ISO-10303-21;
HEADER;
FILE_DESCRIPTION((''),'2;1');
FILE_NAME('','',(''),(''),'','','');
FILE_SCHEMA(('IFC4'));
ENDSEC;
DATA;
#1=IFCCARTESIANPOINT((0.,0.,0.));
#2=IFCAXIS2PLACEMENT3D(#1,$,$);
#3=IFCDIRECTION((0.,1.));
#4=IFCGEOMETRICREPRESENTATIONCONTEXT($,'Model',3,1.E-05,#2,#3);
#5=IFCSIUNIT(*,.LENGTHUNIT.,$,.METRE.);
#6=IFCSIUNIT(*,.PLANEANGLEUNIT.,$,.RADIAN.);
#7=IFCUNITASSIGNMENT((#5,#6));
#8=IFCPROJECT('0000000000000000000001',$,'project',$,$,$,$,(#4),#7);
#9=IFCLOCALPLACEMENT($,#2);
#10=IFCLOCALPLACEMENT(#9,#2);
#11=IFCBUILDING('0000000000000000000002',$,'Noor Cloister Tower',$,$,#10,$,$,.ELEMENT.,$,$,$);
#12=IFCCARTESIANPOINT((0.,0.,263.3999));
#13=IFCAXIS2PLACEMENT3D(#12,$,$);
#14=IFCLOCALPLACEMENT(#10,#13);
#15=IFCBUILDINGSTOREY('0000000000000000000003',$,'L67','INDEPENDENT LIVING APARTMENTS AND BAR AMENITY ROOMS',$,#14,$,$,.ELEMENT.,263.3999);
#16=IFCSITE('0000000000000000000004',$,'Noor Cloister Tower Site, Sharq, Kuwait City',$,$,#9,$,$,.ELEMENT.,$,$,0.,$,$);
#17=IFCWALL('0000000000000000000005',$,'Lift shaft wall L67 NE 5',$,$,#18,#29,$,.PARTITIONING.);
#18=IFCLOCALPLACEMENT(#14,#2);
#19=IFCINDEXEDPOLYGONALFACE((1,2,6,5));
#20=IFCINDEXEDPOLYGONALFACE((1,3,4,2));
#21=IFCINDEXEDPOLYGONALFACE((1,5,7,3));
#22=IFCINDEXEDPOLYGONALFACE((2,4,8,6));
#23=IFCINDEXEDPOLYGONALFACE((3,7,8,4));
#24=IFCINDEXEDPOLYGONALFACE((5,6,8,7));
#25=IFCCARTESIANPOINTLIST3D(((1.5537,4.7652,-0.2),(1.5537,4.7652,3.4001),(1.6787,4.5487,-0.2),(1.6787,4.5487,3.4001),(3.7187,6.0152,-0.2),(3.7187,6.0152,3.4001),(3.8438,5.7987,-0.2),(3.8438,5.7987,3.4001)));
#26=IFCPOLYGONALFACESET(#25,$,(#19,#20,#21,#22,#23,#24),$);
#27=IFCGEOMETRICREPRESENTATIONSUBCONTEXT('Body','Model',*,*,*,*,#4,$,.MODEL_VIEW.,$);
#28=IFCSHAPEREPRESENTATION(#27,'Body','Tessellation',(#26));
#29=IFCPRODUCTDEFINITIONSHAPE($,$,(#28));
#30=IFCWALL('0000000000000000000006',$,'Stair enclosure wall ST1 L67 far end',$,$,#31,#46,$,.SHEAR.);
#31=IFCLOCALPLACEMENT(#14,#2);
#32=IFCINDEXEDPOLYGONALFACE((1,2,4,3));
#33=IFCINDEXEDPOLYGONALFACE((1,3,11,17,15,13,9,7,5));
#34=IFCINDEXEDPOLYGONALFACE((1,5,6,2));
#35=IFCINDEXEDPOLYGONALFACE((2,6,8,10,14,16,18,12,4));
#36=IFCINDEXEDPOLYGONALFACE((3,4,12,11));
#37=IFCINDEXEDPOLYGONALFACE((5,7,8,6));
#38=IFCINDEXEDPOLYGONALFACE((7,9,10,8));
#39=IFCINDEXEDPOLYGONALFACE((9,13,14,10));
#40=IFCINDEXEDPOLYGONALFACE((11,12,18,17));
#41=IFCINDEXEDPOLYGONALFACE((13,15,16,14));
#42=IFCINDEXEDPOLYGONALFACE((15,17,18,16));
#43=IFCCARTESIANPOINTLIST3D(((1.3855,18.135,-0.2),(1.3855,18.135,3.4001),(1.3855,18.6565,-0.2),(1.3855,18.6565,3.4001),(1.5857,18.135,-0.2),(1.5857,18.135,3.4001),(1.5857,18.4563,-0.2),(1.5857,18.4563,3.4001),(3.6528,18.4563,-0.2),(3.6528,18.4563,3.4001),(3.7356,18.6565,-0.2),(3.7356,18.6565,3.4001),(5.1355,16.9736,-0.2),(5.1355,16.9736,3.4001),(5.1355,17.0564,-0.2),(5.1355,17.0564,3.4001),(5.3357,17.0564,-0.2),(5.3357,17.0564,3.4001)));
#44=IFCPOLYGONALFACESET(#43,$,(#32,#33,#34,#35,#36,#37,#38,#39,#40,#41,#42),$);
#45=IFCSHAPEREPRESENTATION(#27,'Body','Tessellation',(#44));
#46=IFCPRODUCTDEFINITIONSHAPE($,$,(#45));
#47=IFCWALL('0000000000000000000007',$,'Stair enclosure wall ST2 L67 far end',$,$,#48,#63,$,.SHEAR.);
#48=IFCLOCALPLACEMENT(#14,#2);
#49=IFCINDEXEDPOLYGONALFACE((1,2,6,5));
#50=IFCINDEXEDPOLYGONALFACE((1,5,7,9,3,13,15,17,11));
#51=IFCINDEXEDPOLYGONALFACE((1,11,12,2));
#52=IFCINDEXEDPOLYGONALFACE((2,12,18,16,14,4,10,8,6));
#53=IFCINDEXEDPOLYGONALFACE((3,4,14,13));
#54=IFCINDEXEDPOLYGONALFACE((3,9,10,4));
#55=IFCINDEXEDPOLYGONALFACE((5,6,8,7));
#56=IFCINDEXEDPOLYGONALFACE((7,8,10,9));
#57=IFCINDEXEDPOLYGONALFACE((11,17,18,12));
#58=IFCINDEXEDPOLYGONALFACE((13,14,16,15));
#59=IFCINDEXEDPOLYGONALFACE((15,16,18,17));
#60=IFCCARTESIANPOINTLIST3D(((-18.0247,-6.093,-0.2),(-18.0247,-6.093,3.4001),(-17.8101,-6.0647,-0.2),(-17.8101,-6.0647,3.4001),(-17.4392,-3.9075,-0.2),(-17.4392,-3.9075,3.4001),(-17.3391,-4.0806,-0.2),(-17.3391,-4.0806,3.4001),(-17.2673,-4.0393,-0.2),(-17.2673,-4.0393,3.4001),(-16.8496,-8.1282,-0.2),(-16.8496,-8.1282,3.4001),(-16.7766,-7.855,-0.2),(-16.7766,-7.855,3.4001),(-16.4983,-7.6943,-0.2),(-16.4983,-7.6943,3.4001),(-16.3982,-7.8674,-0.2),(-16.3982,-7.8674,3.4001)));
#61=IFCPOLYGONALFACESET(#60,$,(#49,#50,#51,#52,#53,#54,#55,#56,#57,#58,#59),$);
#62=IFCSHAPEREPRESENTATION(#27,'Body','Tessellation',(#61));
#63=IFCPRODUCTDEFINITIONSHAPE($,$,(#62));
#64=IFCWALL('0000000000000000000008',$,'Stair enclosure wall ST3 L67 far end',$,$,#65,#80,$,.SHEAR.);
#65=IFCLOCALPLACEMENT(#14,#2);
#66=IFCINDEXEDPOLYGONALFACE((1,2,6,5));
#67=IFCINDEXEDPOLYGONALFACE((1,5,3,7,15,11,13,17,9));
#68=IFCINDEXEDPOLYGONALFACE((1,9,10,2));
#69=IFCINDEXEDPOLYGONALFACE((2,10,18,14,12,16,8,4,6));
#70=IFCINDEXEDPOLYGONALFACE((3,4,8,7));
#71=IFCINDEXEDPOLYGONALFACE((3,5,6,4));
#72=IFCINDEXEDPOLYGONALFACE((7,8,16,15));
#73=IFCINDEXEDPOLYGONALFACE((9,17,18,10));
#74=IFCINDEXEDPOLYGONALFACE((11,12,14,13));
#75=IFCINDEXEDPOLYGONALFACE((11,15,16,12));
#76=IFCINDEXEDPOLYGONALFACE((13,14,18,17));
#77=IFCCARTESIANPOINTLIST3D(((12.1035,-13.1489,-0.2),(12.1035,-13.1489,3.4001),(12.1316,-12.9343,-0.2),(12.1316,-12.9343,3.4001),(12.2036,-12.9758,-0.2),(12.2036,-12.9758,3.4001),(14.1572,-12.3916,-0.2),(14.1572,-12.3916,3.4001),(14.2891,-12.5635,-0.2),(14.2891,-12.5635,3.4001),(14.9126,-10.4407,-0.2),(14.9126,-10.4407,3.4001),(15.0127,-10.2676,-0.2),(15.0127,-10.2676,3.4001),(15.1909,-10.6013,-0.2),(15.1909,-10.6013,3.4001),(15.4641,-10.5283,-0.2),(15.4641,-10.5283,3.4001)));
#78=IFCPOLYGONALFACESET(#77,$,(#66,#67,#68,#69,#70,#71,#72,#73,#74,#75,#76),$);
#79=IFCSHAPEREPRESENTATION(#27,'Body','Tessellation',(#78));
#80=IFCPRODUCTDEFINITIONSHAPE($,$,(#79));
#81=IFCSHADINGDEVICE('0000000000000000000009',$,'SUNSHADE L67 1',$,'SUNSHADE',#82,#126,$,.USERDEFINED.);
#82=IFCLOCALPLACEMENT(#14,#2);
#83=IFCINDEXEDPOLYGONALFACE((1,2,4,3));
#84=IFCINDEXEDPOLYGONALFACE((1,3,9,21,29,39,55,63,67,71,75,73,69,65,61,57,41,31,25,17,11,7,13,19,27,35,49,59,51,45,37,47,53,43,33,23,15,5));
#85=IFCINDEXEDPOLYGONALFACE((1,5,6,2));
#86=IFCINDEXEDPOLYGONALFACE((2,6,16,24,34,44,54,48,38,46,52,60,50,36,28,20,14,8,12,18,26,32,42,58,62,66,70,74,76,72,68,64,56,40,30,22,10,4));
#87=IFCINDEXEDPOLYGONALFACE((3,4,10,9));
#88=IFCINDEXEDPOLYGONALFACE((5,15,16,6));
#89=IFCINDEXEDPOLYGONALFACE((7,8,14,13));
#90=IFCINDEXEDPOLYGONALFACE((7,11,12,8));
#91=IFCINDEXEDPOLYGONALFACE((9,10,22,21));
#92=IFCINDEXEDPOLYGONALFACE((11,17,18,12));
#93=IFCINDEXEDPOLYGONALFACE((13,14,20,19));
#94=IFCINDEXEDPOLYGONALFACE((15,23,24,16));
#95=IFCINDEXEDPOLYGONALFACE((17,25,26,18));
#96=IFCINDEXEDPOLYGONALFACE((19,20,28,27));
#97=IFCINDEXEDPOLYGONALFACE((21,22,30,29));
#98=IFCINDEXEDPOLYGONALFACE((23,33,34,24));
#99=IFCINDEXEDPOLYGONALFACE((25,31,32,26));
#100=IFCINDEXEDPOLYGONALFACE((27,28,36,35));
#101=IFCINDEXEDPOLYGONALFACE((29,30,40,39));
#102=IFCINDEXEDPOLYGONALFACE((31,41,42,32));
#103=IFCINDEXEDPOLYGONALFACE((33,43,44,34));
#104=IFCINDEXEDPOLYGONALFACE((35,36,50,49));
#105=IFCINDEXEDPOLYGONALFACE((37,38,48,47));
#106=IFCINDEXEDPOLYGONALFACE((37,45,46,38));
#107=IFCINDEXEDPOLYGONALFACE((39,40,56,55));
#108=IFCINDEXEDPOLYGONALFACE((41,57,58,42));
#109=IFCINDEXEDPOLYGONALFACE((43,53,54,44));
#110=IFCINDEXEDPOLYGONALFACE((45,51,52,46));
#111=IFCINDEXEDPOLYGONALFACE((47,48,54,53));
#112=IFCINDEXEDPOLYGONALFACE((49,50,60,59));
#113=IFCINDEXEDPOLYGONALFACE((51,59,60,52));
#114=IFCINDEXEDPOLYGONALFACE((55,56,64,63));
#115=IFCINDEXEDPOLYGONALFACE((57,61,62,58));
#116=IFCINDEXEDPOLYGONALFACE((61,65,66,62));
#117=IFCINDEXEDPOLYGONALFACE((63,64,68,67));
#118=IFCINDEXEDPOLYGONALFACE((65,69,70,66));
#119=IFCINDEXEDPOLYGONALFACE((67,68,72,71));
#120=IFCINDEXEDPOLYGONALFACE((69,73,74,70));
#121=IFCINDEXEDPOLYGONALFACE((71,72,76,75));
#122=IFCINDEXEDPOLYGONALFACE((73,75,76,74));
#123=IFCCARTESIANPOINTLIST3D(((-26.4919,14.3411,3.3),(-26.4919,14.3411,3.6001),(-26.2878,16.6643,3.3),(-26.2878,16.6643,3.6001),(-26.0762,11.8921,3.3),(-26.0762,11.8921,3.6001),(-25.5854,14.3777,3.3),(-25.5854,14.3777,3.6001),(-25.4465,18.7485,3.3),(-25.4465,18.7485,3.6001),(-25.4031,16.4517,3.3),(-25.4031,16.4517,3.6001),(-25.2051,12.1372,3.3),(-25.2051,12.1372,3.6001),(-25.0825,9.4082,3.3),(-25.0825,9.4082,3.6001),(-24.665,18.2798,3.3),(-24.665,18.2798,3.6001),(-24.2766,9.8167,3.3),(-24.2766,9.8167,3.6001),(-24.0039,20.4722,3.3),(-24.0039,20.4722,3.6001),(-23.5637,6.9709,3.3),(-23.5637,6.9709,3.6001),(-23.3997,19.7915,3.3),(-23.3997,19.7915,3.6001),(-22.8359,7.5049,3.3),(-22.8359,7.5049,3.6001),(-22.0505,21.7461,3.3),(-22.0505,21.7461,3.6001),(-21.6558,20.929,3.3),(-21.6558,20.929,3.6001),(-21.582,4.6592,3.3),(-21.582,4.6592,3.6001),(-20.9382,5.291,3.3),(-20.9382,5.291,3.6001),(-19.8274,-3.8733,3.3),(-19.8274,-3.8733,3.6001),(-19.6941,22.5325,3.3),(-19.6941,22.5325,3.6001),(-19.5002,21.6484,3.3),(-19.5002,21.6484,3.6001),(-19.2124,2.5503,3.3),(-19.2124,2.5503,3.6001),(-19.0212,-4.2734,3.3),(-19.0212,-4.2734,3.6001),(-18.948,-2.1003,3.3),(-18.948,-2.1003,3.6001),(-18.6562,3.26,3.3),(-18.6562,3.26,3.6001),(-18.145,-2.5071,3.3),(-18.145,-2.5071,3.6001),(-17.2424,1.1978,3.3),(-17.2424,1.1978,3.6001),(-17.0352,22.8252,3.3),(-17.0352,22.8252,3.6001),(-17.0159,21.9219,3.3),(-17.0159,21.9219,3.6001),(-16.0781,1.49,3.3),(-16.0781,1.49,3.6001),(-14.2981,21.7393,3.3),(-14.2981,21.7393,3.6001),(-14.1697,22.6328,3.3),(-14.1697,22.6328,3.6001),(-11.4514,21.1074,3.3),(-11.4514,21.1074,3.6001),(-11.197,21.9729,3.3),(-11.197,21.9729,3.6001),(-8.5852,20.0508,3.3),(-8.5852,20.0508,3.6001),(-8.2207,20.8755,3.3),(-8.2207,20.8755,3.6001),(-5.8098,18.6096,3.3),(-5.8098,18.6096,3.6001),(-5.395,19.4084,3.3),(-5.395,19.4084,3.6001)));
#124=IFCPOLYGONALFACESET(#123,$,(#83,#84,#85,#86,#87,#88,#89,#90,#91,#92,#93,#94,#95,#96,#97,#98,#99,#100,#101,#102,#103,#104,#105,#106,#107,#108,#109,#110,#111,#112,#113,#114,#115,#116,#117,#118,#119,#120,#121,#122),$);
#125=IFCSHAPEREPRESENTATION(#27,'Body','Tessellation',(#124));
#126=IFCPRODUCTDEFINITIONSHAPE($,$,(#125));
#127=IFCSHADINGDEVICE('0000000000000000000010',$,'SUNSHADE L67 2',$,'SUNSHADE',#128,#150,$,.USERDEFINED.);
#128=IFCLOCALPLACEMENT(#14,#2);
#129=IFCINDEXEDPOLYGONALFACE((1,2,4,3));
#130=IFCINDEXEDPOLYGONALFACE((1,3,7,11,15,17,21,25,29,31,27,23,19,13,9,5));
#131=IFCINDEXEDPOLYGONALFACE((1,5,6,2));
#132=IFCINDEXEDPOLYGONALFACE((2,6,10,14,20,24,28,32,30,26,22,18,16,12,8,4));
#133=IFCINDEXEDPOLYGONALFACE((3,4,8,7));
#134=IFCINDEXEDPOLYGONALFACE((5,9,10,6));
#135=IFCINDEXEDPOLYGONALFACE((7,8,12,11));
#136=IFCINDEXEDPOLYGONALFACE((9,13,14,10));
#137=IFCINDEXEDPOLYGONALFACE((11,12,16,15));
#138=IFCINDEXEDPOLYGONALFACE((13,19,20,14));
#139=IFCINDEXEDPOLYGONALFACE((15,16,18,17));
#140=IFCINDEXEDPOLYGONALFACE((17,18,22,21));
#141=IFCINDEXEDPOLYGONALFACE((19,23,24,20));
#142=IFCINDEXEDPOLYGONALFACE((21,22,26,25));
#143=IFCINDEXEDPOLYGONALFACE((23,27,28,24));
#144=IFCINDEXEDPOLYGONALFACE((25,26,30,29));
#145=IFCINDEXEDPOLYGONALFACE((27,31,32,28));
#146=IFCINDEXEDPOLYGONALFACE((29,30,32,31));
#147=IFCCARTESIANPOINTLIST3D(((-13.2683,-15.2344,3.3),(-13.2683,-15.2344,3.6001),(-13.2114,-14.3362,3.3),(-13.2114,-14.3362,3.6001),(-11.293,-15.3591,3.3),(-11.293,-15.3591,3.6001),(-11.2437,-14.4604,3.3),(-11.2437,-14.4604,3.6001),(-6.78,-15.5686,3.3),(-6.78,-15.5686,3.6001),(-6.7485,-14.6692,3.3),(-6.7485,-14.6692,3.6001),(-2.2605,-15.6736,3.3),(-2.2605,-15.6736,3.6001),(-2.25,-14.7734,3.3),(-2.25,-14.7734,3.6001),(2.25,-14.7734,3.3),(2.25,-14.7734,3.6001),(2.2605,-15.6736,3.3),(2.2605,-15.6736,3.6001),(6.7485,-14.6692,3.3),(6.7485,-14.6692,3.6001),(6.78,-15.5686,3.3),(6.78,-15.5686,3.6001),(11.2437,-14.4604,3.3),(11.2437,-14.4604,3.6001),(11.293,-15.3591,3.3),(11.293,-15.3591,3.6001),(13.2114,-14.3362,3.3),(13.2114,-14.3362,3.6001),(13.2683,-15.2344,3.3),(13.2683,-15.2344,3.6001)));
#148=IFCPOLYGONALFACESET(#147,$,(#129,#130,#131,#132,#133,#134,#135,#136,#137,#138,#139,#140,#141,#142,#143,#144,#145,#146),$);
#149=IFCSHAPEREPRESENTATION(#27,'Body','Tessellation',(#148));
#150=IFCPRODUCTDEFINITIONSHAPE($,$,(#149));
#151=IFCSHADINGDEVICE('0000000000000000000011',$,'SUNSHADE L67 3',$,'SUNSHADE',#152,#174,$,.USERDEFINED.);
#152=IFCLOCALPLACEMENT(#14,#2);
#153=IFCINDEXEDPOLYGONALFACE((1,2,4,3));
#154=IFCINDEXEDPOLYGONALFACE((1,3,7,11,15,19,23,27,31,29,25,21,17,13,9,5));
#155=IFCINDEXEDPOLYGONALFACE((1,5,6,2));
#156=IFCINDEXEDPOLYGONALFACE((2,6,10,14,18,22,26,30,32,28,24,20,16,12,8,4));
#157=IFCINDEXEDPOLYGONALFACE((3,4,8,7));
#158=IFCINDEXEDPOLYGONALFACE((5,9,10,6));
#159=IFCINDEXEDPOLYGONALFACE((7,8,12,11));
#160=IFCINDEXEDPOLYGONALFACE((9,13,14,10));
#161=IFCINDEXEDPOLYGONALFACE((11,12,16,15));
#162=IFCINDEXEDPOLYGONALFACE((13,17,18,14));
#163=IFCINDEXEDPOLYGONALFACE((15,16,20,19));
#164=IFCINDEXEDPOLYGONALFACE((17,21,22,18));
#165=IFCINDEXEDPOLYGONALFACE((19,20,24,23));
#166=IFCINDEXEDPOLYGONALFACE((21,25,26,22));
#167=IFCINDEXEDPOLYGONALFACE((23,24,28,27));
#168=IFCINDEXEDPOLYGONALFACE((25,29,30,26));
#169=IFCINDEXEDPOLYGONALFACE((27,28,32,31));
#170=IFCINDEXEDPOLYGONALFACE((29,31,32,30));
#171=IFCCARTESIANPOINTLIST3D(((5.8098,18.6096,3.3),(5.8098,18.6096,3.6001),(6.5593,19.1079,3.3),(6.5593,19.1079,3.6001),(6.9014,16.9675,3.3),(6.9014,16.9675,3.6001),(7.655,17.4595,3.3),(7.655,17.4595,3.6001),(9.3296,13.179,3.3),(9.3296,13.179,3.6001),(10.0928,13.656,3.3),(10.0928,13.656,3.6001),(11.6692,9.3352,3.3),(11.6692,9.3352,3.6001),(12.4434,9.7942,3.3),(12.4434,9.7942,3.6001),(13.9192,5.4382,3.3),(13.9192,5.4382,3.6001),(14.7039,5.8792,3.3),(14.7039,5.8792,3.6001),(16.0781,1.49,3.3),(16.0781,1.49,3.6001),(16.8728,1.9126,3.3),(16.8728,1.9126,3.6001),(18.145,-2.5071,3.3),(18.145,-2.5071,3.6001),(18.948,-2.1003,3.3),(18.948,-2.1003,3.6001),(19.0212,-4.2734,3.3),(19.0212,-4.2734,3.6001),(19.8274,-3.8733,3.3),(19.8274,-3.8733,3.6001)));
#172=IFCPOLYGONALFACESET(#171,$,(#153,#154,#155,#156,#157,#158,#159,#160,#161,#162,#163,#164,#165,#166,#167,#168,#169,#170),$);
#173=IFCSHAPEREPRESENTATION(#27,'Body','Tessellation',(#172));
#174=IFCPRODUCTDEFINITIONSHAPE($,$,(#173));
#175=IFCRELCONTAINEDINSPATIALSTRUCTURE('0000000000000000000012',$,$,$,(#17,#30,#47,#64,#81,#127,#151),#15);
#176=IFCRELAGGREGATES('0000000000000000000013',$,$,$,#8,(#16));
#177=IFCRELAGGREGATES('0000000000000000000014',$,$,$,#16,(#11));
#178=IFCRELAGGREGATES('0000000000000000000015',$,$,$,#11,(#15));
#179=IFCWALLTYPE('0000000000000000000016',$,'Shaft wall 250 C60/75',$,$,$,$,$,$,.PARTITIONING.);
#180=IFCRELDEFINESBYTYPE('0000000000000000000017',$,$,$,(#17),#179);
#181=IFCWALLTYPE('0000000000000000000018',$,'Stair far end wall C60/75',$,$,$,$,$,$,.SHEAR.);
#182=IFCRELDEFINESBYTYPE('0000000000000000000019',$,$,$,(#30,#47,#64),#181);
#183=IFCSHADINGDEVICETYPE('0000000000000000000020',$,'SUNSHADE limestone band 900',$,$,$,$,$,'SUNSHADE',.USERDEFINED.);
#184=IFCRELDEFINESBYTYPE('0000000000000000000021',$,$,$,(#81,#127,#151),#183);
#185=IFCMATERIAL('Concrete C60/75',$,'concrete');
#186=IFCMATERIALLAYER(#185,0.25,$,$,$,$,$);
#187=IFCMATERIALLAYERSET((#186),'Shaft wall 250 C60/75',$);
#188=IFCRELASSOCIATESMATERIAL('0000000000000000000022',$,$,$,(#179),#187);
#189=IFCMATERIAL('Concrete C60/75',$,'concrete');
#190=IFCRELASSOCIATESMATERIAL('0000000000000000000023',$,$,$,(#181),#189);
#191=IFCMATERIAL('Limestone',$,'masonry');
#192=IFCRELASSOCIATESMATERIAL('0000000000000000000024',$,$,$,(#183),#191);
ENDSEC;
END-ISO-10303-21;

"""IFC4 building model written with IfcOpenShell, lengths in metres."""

from ifc_helpers import new_model, si_unit, direction, frame, frame_2d, origin, place, context, subcontext, project, spatial, polyline, rectangle, outline, extrude, material, layer, layer_set, type_object, element, save


model = new_model("IFC4")

# Units and contexts
model_context = context("Model", 3, precision=1e-05, world=origin(), true_north=direction((0.0, 1.0)))
body_context = subcontext(model_context, "Body", "Model", "MODEL_VIEW")
ifc_project = project(units=[si_unit("LENGTHUNIT", "METRE"), si_unit("PLANEANGLEUNIT", "RADIAN")], contexts=[model_context])

# Site, building, storey
site_placement = place(None, origin())
site = spatial("IfcSite", under=ifc_project, at=site_placement, Name="Noor Cloister Tower Site, Sharq, Kuwait City", CompositionType="ELEMENT", RefElevation=0.0)
building_placement = place(site_placement, origin())
building = spatial("IfcBuilding", under=site, at=building_placement, Name="Noor Cloister Tower", CompositionType="ELEMENT")
storey_placement = place(building_placement, frame((0.0, 0.0, 263.3999)))
storey = spatial("IfcBuildingStorey", under=building, at=storey_placement, Name="L67", Description="INDEPENDENT LIVING APARTMENTS AND BAR AMENITY ROOMS", CompositionType="ELEMENT", Elevation=263.3999)

# Walls
ifc_material_1 = material(Name="Concrete C60/75", Category="concrete")
ifc_layer_1 = layer(ifc_material_1, 0.25)
ifc_layer_set_1 = layer_set([ifc_layer_1], Name="Shaft wall 250 C60/75")
wall_type_1 = type_object("IfcWallType", Name="Shaft wall 250 C60/75", PredefinedType="PARTITIONING", material=ifc_layer_set_1)
for number, where, z_axis, x_axis, name in (
    (1, (3.7812, 5.907, -0.2), (0.0, 0.0, 1.0), (-0.866023, -0.500004, 0.0), "Lift shaft wall L67 NE 5"),
):
    element("IfcWall", number, at=place(storey_placement, frame(where, z_axis=z_axis, x_axis=x_axis)), inside=storey, type_object=wall_type_1, Name=name, PredefinedType="PARTITIONING", context=body_context, shape_type="SweptSolid", body=[
        extrude(rectangle(XDim=2.5, YDim=0.25, at=frame_2d((1.25, 0.0))), origin(), (0.0, 0.0, 1.0), 3.6001),
    ])
ifc_material_2 = material(Name="Concrete C60/75", Category="concrete")
wall_type_2 = type_object("IfcWallType", Name="Stair far end wall C60/75", PredefinedType="SHEAR", material=ifc_material_2)
wall_1_placement = place(storey_placement, frame((0.0, 0.0, -0.2)))
element("IfcWall", 2, at=wall_1_placement, inside=storey, type_object=wall_type_2, Name="Stair enclosure wall ST1 L67 far end", PredefinedType="SHEAR", context=body_context, shape_type="SweptSolid", body=[
    extrude(outline(polyline([(5.3357, 17.0564), (3.7356, 18.6565), (1.3855, 18.6565), (1.3855, 18.135), (1.5857, 18.135), (1.5857, 18.4563), (3.6528, 18.4563), (5.1355, 16.9736), (5.1355, 17.0564), (5.1355, 17.0564), (5.1355, 17.0564), (5.1355, 17.0564), (5.1355, 17.0564), (5.1355, 17.0564), (5.1355, 17.0564), (5.1355, 17.0564), (5.1355, 17.0564), (5.1355, 17.0564), (5.1355, 17.0564), (5.1355, 17.0564), (5.1355, 17.0564), (5.1355, 17.0564), (5.1355, 17.0564), (5.1355, 17.0564), (5.1355, 17.0564), (5.3357, 17.0564)])), origin(), (0.0, 0.0, 1.0), 3.6001),
])
wall_2_placement = place(storey_placement, frame((0.0, 0.0, -0.2)))
element("IfcWall", 3, at=wall_2_placement, inside=storey, type_object=wall_type_2, Name="Stair enclosure wall ST2 L67 far end", PredefinedType="SHEAR", context=body_context, shape_type="SweptSolid", body=[
    extrude(outline(polyline([(-17.4392, -3.9075), (-18.0247, -6.093), (-16.8496, -8.1282), (-16.3982, -7.8674), (-16.4983, -7.6943), (-16.4983, -7.6943), (-16.7766, -7.855), (-17.8101, -6.0647), (-17.2673, -4.0393), (-17.3391, -4.0806), (-17.3391, -4.0806), (-17.3391, -4.0806), (-17.3391, -4.0806), (-17.3391, -4.0806), (-17.3391, -4.0806), (-17.3391, -4.0806), (-17.3391, -4.0806), (-17.3391, -4.0806), (-17.3391, -4.0806), (-17.3391, -4.0806), (-17.3391, -4.0806), (-17.3391, -4.0806), (-17.3391, -4.0806), (-17.3391, -4.0806), (-17.3391, -4.0806), (-17.3391, -4.0806), (-17.4392, -3.9075)])), origin(), (0.0, 0.0, 1.0), 3.6001),
])
wall_3_placement = place(storey_placement, frame((0.0, 0.0, -0.2)))
element("IfcWall", 4, at=wall_3_placement, inside=storey, type_object=wall_type_2, Name="Stair enclosure wall ST3 L67 far end", PredefinedType="SHEAR", context=body_context, shape_type="SweptSolid", body=[
    extrude(outline(polyline([(12.1035, -13.1489), (14.2891, -12.5635), (15.4641, -10.5283), (15.0127, -10.2676), (14.9126, -10.4407), (15.1909, -10.6013), (14.1572, -12.3916), (12.1316, -12.9343), (12.2036, -12.9758), (12.2036, -12.9758), (12.2036, -12.9758), (12.2036, -12.9758), (12.2036, -12.9758), (12.2036, -12.9758), (12.2036, -12.9758), (12.2036, -12.9758), (12.2036, -12.9758), (12.2036, -12.9758), (12.2036, -12.9758), (12.2036, -12.9758), (12.2036, -12.9758), (12.2036, -12.9758), (12.2036, -12.9758), (12.2036, -12.9758), (12.2036, -12.9758), (12.1035, -13.1489)])), origin(), (0.0, 0.0, 1.0), 3.6001),
])

# Shading devices
ifc_material_3 = material(Name="Limestone", Category="masonry")
shading_device_type = type_object("IfcShadingDeviceType", Name="SUNSHADE limestone band 900", ElementType="SUNSHADE", PredefinedType="USERDEFINED", material=ifc_material_3)
shading_device_1_placement = place(storey_placement, frame((0.0, 0.0, 3.3)))
element("IfcShadingDevice", 5, at=shading_device_1_placement, inside=storey, type_object=shading_device_type, Name="SUNSHADE L67 1", ObjectType="SUNSHADE", PredefinedType="USERDEFINED", context=body_context, shape_type="SweptSolid", body=[
    extrude(outline(polyline([(-5.395, 19.4084), (-8.2207, 20.8755), (-11.197, 21.9729), (-14.1697, 22.6328), (-17.0352, 22.8252), (-19.6941, 22.5325), (-22.0505, 21.7461), (-24.0039, 20.4722), (-25.4465, 18.7485), (-26.2878, 16.6643), (-26.4919, 14.3411), (-26.0762, 11.8921), (-25.0825, 9.4082), (-23.5637, 6.9709), (-21.582, 4.6592), (-19.2124, 2.5503), (-17.2424, 1.1978), (-18.948, -2.1003), (-19.8274, -3.8733), (-19.0212, -4.2734), (-18.145, -2.5071), (-16.0781, 1.49), (-18.6562, 3.26), (-20.9382, 5.291), (-22.8359, 7.5049), (-24.2766, 9.8167), (-25.2051, 12.1372), (-25.5854, 14.3777), (-25.4031, 16.4517), (-24.665, 18.2798), (-23.3997, 19.7915), (-21.6558, 20.929), (-19.5002, 21.6484), (-17.0159, 21.9219), (-14.2981, 21.7393), (-11.4514, 21.1074), (-8.5852, 20.0508), (-5.8098, 18.6096), (-5.395, 19.4084)])), origin(), (0.0, 0.0, 1.0), 0.3),
])
shading_device_2_placement = place(storey_placement, frame((0.0, 0.0, 3.3)))
element("IfcShadingDevice", 6, at=shading_device_2_placement, inside=storey, type_object=shading_device_type, Name="SUNSHADE L67 2", ObjectType="SUNSHADE", PredefinedType="USERDEFINED", context=body_context, shape_type="SweptSolid", body=[
    extrude(outline(polyline([(-13.2683, -15.2344), (-11.293, -15.3591), (-6.78, -15.5686), (-2.2605, -15.6736), (2.2605, -15.6736), (6.78, -15.5686), (11.293, -15.3591), (13.2683, -15.2344), (13.2114, -14.3362), (11.2437, -14.4604), (6.7485, -14.6692), (2.25, -14.7734), (-2.25, -14.7734), (-6.7485, -14.6692), (-11.2437, -14.4604), (-13.2114, -14.3362), (-13.2683, -15.2344)])), origin(), (0.0, 0.0, 1.0), 0.3),
])
shading_device_3_placement = place(storey_placement, frame((0.0, 0.0, 3.3)))
element("IfcShadingDevice", 7, at=shading_device_3_placement, inside=storey, type_object=shading_device_type, Name="SUNSHADE L67 3", ObjectType="SUNSHADE", PredefinedType="USERDEFINED", context=body_context, shape_type="SweptSolid", body=[
    extrude(outline(polyline([(19.8274, -3.8733), (18.948, -2.1003), (16.8728, 1.9126), (14.7039, 5.8792), (12.4434, 9.7942), (10.0928, 13.656), (7.655, 17.4595), (6.5593, 19.1079), (5.8098, 18.6096), (6.9014, 16.9675), (9.3296, 13.179), (11.6692, 9.3352), (13.9192, 5.4382), (16.0781, 1.49), (18.145, -2.5071), (19.0212, -4.2734), (19.8274, -3.8733)])), origin(), (0.0, 0.0, 1.0), 0.3),
])

save(model, "model.ifc")
